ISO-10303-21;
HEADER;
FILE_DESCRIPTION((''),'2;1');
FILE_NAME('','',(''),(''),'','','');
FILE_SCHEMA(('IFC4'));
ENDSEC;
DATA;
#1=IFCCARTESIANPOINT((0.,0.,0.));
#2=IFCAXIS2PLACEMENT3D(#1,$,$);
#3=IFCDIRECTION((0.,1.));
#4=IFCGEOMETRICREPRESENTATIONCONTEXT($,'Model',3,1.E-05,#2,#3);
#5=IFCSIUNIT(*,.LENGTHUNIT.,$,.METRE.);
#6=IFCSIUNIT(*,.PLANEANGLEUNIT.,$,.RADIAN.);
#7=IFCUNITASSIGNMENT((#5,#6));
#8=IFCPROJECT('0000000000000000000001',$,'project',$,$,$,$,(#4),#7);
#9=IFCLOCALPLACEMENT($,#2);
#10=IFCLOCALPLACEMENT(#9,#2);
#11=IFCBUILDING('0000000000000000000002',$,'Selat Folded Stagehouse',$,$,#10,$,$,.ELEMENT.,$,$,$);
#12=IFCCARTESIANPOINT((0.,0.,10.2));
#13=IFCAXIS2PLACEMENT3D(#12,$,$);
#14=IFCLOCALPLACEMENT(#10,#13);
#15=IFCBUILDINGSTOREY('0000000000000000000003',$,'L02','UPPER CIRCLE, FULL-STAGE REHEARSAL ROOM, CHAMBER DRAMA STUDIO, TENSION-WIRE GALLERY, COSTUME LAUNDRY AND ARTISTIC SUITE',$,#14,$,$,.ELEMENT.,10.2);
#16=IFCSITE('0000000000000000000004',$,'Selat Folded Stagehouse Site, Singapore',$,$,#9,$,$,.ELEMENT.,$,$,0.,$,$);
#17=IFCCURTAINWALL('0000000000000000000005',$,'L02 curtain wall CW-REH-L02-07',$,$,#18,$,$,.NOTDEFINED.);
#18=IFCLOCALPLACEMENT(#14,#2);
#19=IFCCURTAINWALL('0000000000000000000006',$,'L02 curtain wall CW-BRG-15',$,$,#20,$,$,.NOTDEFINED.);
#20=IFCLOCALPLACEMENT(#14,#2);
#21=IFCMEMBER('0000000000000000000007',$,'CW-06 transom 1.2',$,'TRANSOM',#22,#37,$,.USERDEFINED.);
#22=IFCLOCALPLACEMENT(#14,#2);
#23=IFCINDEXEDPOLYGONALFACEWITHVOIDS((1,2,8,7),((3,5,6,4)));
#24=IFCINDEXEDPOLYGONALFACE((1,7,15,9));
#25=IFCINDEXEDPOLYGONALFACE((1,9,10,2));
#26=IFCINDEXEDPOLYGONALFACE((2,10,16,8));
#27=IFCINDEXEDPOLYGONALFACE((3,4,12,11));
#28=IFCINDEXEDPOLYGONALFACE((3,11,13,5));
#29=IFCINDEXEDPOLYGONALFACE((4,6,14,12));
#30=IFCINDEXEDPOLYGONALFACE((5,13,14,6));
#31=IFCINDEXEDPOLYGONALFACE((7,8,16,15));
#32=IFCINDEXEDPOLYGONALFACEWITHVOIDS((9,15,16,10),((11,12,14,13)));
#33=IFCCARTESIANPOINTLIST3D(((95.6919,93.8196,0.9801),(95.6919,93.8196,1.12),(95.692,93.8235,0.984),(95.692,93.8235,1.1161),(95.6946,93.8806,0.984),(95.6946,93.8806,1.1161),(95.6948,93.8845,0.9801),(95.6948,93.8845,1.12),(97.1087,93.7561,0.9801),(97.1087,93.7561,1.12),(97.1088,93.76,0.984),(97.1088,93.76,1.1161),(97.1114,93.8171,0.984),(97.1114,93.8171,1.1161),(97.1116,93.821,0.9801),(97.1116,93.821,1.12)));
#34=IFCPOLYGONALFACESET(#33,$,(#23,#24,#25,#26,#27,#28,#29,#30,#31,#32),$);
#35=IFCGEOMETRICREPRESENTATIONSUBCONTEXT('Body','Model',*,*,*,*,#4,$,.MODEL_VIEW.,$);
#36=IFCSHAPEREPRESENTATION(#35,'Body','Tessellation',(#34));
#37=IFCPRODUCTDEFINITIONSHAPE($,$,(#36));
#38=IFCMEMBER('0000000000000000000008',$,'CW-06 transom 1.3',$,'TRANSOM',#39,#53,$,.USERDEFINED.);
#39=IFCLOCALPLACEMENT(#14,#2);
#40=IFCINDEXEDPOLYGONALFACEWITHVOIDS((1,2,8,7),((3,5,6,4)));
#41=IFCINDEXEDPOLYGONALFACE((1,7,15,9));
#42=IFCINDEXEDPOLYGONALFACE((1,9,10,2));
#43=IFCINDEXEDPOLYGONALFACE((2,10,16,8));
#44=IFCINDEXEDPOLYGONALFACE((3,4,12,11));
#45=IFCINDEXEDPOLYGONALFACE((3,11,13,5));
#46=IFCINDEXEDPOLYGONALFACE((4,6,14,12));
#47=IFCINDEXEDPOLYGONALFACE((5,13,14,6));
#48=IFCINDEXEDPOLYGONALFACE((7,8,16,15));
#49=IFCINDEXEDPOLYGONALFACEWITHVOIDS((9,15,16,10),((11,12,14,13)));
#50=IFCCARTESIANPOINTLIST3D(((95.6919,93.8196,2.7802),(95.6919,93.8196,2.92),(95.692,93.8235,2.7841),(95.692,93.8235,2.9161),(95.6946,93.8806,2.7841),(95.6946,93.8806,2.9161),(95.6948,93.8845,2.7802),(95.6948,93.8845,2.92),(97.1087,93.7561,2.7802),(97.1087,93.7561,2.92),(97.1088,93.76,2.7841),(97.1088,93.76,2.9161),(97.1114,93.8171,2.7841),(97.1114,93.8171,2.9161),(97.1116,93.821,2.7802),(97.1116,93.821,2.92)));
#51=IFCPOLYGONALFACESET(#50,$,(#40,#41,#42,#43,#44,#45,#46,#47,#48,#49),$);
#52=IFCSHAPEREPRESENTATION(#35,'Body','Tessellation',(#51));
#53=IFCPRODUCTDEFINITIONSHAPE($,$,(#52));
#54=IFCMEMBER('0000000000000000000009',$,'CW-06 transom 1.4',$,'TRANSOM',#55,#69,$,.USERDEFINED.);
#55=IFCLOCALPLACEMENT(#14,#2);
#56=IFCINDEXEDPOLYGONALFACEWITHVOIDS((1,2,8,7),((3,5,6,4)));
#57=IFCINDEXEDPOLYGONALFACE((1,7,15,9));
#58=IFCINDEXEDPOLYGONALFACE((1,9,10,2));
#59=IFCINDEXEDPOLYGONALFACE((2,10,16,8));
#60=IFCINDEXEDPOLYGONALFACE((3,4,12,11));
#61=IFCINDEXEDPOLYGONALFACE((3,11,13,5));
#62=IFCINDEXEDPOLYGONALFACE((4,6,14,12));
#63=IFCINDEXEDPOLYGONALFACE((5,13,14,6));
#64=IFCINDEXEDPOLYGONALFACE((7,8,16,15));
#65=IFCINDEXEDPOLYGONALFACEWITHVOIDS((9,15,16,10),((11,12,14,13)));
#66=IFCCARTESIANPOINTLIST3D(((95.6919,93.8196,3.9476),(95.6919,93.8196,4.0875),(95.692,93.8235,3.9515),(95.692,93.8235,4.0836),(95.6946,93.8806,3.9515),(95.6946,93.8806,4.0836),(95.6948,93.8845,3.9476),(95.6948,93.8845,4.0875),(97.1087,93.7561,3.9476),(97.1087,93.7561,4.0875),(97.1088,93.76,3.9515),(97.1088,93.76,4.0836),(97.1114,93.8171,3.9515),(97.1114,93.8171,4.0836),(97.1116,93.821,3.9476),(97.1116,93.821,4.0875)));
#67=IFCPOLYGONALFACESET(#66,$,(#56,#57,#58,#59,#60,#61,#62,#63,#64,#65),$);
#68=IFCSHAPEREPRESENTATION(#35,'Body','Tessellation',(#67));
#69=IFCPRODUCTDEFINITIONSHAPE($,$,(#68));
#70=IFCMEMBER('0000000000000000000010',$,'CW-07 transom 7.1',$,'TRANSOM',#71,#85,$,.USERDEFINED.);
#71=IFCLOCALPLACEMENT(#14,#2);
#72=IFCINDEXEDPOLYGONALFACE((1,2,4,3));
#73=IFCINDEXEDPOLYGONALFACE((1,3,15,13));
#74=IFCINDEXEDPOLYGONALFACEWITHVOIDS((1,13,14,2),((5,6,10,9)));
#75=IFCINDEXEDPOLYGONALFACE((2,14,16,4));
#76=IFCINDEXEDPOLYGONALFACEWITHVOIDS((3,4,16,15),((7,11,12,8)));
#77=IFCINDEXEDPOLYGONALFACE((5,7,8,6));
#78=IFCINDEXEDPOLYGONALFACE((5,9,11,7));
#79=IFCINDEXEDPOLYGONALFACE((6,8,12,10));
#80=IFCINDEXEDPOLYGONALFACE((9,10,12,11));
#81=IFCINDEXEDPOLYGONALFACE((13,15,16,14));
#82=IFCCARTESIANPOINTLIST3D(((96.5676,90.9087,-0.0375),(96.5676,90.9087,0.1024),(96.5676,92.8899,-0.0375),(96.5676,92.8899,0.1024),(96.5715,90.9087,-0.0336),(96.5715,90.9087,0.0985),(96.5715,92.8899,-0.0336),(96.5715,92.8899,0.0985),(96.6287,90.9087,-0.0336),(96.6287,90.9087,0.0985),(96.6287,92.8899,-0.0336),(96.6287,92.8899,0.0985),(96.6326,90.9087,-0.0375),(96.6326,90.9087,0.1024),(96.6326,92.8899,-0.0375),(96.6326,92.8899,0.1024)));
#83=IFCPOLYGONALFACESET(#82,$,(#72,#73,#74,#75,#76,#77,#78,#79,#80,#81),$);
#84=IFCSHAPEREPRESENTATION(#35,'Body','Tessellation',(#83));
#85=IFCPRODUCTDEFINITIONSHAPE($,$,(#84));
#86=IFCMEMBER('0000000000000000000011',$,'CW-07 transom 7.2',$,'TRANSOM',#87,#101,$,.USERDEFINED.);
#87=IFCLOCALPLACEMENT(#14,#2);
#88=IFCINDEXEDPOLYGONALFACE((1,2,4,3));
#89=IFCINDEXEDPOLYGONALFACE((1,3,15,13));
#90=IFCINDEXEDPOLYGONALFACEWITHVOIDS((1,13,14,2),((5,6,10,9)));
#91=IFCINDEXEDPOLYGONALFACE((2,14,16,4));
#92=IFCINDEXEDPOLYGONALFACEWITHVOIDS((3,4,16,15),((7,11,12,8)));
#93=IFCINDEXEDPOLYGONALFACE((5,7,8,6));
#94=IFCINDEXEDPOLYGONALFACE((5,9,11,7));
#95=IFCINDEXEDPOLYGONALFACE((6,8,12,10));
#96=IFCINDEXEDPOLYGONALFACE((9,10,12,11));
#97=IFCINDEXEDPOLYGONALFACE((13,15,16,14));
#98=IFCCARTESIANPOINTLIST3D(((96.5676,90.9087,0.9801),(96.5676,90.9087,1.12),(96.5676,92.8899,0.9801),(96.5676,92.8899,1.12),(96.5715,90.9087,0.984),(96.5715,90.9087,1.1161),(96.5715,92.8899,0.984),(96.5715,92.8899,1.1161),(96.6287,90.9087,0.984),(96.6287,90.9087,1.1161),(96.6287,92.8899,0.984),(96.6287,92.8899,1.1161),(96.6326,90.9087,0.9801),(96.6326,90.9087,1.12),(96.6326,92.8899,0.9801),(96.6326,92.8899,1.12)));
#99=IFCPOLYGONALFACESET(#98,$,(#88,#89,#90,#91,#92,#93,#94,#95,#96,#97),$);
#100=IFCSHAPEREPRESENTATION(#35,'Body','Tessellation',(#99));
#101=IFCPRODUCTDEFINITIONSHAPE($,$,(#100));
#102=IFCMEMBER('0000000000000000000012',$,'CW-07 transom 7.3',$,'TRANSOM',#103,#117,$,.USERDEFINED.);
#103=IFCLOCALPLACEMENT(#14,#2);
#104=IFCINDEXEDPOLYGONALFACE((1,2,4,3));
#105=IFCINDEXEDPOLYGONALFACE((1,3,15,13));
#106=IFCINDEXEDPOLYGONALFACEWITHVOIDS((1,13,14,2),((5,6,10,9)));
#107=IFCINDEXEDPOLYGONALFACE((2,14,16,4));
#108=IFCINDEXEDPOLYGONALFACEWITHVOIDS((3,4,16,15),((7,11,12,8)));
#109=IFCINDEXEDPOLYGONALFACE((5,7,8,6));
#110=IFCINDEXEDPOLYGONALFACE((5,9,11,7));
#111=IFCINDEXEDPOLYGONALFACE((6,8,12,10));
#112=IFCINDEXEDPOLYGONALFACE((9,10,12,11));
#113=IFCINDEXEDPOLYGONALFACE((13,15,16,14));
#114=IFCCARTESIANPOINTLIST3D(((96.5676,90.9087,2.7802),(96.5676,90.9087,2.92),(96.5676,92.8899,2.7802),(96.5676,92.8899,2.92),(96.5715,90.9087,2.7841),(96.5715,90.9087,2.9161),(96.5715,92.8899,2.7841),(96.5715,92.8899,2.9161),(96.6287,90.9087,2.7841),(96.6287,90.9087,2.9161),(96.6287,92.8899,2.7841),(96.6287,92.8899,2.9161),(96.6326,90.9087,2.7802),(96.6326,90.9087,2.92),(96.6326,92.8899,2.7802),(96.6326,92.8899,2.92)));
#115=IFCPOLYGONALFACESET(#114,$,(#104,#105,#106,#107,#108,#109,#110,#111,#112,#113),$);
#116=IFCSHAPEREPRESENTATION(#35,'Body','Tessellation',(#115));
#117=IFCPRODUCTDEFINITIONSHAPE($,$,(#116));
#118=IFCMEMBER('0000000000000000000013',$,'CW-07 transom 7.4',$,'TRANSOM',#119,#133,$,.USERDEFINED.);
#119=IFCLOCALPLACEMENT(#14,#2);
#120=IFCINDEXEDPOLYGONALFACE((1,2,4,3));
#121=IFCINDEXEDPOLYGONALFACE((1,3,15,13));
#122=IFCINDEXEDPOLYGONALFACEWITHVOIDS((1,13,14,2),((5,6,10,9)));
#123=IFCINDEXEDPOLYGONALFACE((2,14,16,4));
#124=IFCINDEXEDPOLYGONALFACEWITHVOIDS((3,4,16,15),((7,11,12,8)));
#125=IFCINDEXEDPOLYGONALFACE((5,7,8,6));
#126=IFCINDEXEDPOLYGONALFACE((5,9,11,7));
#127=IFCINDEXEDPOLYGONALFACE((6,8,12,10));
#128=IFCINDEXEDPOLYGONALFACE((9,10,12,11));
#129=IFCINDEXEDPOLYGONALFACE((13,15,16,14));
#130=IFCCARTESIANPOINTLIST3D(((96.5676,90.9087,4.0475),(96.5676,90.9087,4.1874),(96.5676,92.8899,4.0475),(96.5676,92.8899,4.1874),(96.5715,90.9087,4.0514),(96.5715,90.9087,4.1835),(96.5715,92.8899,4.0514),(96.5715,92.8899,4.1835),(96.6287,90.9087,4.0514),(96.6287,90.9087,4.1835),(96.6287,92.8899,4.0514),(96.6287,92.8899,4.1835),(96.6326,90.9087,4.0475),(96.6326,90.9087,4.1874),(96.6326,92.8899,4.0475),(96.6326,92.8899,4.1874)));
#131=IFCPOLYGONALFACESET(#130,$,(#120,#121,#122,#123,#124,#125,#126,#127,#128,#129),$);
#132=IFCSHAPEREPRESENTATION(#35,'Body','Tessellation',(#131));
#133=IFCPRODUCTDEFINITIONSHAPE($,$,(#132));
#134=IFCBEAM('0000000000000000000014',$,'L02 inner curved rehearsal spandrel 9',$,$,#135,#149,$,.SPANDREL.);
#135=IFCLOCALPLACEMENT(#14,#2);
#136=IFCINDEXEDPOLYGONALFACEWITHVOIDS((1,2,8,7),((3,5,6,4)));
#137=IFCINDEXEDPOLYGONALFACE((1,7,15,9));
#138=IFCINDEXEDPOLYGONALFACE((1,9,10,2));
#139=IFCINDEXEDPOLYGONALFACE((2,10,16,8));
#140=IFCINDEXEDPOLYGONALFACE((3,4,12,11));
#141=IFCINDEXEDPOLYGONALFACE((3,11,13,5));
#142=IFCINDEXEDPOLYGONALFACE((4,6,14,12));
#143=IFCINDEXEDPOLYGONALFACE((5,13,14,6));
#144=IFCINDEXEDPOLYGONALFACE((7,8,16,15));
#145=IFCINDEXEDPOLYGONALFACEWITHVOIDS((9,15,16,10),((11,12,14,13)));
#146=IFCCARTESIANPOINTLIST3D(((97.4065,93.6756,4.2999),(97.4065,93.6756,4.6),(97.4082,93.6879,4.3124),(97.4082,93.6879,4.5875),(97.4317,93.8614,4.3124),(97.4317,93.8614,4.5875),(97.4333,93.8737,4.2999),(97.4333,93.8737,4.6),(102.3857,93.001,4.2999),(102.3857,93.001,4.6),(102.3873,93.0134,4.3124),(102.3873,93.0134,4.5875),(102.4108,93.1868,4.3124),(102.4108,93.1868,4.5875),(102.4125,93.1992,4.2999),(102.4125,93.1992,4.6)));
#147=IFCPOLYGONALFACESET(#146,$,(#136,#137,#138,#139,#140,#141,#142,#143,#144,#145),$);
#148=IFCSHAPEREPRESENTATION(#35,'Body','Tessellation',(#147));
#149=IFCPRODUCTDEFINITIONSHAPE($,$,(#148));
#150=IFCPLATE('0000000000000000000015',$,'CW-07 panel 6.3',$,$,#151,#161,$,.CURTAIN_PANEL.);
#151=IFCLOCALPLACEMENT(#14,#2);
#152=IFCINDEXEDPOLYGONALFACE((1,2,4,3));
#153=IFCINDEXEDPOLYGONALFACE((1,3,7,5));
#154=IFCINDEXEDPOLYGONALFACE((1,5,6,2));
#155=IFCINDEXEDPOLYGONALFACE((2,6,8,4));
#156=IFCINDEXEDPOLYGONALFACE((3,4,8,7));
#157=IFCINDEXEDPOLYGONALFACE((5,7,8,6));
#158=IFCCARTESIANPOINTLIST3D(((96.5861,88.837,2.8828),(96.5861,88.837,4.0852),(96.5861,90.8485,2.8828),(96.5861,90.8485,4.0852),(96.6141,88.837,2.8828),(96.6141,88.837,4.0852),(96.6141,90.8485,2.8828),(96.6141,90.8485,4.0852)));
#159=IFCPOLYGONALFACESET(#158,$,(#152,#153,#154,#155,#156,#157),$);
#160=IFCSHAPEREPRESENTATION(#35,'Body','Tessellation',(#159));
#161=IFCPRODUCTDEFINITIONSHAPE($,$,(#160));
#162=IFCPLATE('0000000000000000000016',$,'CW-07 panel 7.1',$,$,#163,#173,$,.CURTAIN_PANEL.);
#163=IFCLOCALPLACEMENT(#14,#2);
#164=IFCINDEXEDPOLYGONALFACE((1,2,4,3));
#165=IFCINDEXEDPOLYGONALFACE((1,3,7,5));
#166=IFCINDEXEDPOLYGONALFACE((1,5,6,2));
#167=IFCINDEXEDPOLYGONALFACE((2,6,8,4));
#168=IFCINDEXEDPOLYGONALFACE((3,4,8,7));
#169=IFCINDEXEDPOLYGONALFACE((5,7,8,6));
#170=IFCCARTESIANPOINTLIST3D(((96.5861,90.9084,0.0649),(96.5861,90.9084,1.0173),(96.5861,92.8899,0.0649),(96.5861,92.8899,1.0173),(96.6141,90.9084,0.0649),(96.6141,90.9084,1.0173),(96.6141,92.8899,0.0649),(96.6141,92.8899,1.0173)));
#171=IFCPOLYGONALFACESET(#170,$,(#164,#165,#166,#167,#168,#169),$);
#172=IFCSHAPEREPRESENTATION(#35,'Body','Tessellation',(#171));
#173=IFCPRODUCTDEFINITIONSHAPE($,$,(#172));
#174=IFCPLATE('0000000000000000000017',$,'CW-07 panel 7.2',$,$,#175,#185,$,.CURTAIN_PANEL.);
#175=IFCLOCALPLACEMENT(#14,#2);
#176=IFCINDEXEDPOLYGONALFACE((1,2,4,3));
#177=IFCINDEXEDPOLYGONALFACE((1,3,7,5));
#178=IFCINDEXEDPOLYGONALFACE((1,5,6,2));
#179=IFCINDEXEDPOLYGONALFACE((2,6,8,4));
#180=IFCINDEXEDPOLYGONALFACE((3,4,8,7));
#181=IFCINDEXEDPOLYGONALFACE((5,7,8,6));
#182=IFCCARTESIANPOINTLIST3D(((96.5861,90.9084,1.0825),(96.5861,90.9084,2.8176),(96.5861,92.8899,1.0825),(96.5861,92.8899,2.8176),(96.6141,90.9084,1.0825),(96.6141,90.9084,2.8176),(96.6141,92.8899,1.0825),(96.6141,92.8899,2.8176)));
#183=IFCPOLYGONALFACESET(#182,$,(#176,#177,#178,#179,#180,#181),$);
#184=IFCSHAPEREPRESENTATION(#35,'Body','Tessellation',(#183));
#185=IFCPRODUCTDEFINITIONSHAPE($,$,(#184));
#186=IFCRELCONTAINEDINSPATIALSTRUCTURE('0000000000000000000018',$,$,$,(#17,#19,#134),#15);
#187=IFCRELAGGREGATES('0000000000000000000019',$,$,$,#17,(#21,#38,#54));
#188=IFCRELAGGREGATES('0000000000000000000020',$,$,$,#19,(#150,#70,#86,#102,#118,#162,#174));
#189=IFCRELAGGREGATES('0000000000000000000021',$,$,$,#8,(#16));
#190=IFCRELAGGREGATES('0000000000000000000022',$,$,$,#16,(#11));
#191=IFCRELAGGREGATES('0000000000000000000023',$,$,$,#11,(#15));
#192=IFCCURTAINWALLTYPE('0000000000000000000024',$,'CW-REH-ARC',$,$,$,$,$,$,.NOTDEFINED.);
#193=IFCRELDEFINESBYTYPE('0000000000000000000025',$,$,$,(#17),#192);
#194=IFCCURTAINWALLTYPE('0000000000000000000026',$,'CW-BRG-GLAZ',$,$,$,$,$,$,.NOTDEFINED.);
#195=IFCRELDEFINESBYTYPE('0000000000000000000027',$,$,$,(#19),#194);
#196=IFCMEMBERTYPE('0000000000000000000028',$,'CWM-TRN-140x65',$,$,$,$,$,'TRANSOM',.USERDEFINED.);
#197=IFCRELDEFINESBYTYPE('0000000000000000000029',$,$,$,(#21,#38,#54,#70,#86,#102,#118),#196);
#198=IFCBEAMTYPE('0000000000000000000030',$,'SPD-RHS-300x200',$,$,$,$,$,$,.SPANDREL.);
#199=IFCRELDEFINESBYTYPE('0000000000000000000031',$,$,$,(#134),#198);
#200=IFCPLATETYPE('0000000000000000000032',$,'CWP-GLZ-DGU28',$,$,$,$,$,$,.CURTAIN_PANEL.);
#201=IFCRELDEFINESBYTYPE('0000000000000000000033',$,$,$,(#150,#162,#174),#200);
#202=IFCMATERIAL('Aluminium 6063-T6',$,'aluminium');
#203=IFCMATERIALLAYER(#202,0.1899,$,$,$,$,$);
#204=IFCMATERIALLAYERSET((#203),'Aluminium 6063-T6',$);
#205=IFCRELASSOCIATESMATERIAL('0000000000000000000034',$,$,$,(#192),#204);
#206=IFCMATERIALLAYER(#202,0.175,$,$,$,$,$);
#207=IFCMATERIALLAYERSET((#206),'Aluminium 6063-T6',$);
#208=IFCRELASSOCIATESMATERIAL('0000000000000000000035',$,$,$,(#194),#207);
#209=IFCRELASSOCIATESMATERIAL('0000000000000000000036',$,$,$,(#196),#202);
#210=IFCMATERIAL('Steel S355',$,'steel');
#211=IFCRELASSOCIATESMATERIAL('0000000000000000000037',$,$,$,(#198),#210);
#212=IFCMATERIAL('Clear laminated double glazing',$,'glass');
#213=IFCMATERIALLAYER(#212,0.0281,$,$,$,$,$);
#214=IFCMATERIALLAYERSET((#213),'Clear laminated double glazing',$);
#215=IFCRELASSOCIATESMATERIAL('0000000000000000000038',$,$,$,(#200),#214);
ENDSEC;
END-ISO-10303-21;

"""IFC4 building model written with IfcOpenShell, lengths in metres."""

from ifc_helpers import new_model, si_unit, direction, frame, origin, origin_2d, place, context, subcontext, project, spatial, rectangle, hollow_rectangle, extrude, material, layer, layer_set, material_profile, profile_set, type_object, element, aggregate, save


model = new_model("IFC4")

# Units and contexts
model_context = context("Model", 3, precision=1e-05, world=origin(), true_north=direction((0.0, 1.0)))
body_context = subcontext(model_context, "Body", "Model", "MODEL_VIEW")
ifc_project = project(units=[si_unit("LENGTHUNIT", "METRE"), si_unit("PLANEANGLEUNIT", "RADIAN")], contexts=[model_context])

# Site, building, storey
site_placement = place(None, origin())
site = spatial("IfcSite", under=ifc_project, at=site_placement, Name="Selat Folded Stagehouse Site, Singapore", CompositionType="ELEMENT", RefElevation=0.0)
building_placement = place(site_placement, origin())
building = spatial("IfcBuilding", under=site, at=building_placement, Name="Selat Folded Stagehouse", CompositionType="ELEMENT")
storey_placement = place(building_placement, frame((0.0, 0.0, 10.2)))
storey = spatial("IfcBuildingStorey", under=building, at=storey_placement, Name="L02", Description="UPPER CIRCLE, FULL-STAGE REHEARSAL ROOM, CHAMBER DRAMA STUDIO, TENSION-WIRE GALLERY, COSTUME LAUNDRY AND ARTISTIC SUITE", CompositionType="ELEMENT", Elevation=10.2)

# Shared definitions
ifc_material_1 = material(Name="Steel S355", Category="steel")

# Curtain wall
ifc_material_2 = material(Name="Aluminium 6063-T6", Category="aluminium")
ifc_layer_1 = layer(ifc_material_2, 0.1899)
ifc_layer_set_1 = layer_set([ifc_layer_1], Name="Aluminium 6063-T6")
curtain_wall_type_1 = type_object("IfcCurtainWallType", Name="CW-REH-ARC", PredefinedType="NOTDEFINED", material=ifc_layer_set_1)
curtain_wall_1_placement = place(storey_placement, origin())
curtain_wall_1 = element("IfcCurtainWall", 1, at=curtain_wall_1_placement, inside=storey, type_object=curtain_wall_type_1, Name="L02 curtain wall CW-REH-L02-07", PredefinedType="NOTDEFINED")

# Curtain wall
ifc_layer_2 = layer(ifc_material_2, 0.175)
ifc_layer_set_2 = layer_set([ifc_layer_2], Name="Aluminium 6063-T6")
curtain_wall_type_2 = type_object("IfcCurtainWallType", Name="CW-BRG-GLAZ", PredefinedType="NOTDEFINED", material=ifc_layer_set_2)
curtain_wall_2_placement = place(storey_placement, origin())
curtain_wall_2 = element("IfcCurtainWall", 2, at=curtain_wall_2_placement, inside=storey, type_object=curtain_wall_type_2, Name="L02 curtain wall CW-BRG-15", PredefinedType="NOTDEFINED")

# Members
ifc_material_profile_1 = material_profile(ifc_material_2, hollow_rectangle(XDim=0.0649, YDim=0.1399, WallThickness=0.0039, at=origin_2d()), Name="ALU 140x65x4.0")
ifc_profile_set_1 = profile_set([ifc_material_profile_1], Name="Aluminium 6063-T6")
member_type_1 = type_object("IfcMemberType", Name="CWM-TRN-140x65", ElementType="TRANSOM", PredefinedType="USERDEFINED", material=ifc_profile_set_1)
member_1_placement = place(storey_placement, frame((97.1101, 93.7886, 1.05), z_axis=(-0.998998, 0.04476, 0.0), x_axis=(-0.04476, -0.998998, 0.0)))
member_1 = element("IfcMember", 3, at=member_1_placement, type_object=member_type_1, Name="CW-06 transom 1.2", ObjectType="TRANSOM", PredefinedType="USERDEFINED", context=body_context, shape_type="SweptSolid", body=[
    extrude(hollow_rectangle(XDim=0.0649, YDim=0.1399, WallThickness=0.0039, at=origin_2d()), origin(), (0.0, 0.0, 1.0), 1.4182),
])
member_2_placement = place(storey_placement, frame((97.1101, 93.7886, 2.8501), z_axis=(-0.998998, 0.04476, 0.0), x_axis=(-0.04476, -0.998998, 0.0)))
member_2 = element("IfcMember", 4, at=member_2_placement, type_object=member_type_1, Name="CW-06 transom 1.3", ObjectType="TRANSOM", PredefinedType="USERDEFINED", context=body_context, shape_type="SweptSolid", body=[
    extrude(hollow_rectangle(XDim=0.0649, YDim=0.1399, WallThickness=0.0039, at=origin_2d()), origin(), (0.0, 0.0, 1.0), 1.4182),
])
member_3_placement = place(storey_placement, frame((97.1101, 93.7886, 4.0176), z_axis=(-0.998998, 0.04476, 0.0), x_axis=(-0.04476, -0.998998, 0.0)))
member_3 = element("IfcMember", 5, at=member_3_placement, type_object=member_type_1, Name="CW-06 transom 1.4", ObjectType="TRANSOM", PredefinedType="USERDEFINED", context=body_context, shape_type="SweptSolid", body=[
    extrude(hollow_rectangle(XDim=0.0649, YDim=0.1399, WallThickness=0.0039, at=origin_2d()), origin(), (0.0, 0.0, 1.0), 1.4182),
])
aggregate(curtain_wall_1, [member_1, member_2, member_3])
member_4_placement = place(storey_placement, frame((96.6001, 90.9087, 0.0325), z_axis=(0.0, 1.0, 0.0), x_axis=(-1.0, 0.0, 0.0)))
member_4 = element("IfcMember", 6, at=member_4_placement, type_object=member_type_1, Name="CW-07 transom 7.1", ObjectType="TRANSOM", PredefinedType="USERDEFINED", context=body_context, shape_type="SweptSolid", body=[
    extrude(hollow_rectangle(XDim=0.0649, YDim=0.1399, WallThickness=0.0039, at=origin_2d()), origin(), (0.0, 0.0, 1.0), 1.9812),
])
member_5_placement = place(storey_placement, frame((96.6001, 90.9087, 1.05), z_axis=(0.0, 1.0, 0.0), x_axis=(-1.0, 0.0, 0.0)))
member_5 = element("IfcMember", 7, at=member_5_placement, type_object=member_type_1, Name="CW-07 transom 7.2", ObjectType="TRANSOM", PredefinedType="USERDEFINED", context=body_context, shape_type="SweptSolid", body=[
    extrude(hollow_rectangle(XDim=0.0649, YDim=0.1399, WallThickness=0.0039, at=origin_2d()), origin(), (0.0, 0.0, 1.0), 1.9812),
])
member_6_placement = place(storey_placement, frame((96.6001, 90.9087, 2.8501), z_axis=(0.0, 1.0, 0.0), x_axis=(-1.0, 0.0, 0.0)))
member_6 = element("IfcMember", 8, at=member_6_placement, type_object=member_type_1, Name="CW-07 transom 7.3", ObjectType="TRANSOM", PredefinedType="USERDEFINED", context=body_context, shape_type="SweptSolid", body=[
    extrude(hollow_rectangle(XDim=0.0649, YDim=0.1399, WallThickness=0.0039, at=origin_2d()), origin(), (0.0, 0.0, 1.0), 1.9812),
])
member_7_placement = place(storey_placement, frame((96.6001, 90.9087, 4.1174), z_axis=(0.0, 1.0, 0.0), x_axis=(-1.0, 0.0, 0.0)))
member_7 = element("IfcMember", 9, at=member_7_placement, type_object=member_type_1, Name="CW-07 transom 7.4", ObjectType="TRANSOM", PredefinedType="USERDEFINED", context=body_context, shape_type="SweptSolid", body=[
    extrude(hollow_rectangle(XDim=0.0649, YDim=0.1399, WallThickness=0.0039, at=origin_2d()), origin(), (0.0, 0.0, 1.0), 1.9812),
])

# Beam
ifc_material_profile_2 = material_profile(ifc_material_1, hollow_rectangle(XDim=0.2, YDim=0.3, WallThickness=0.0125, at=origin_2d()), Name="RHS 300x200x12.5")
ifc_profile_set_2 = profile_set([ifc_material_profile_2], Name="Steel S355")
beam_type_1 = type_object("IfcBeamType", Name="SPD-RHS-300x200", PredefinedType="SPANDREL", material=ifc_profile_set_2)
beam_1_placement = place(storey_placement, frame((97.4199, 93.7747, 4.45), z_axis=(0.990948, -0.134248, 0.0), x_axis=(0.134248, 0.990948, 0.0)))
element("IfcBeam", 10, at=beam_1_placement, inside=storey, type_object=beam_type_1, Name="L02 inner curved rehearsal spandrel 9", PredefinedType="SPANDREL", context=body_context, shape_type="SweptSolid", body=[
    extrude(hollow_rectangle(XDim=0.2, YDim=0.3, WallThickness=0.0125, at=origin_2d()), origin(), (0.0, 0.0, 1.0), 5.0247),
])

# Plates
ifc_material_3 = material(Name="Clear laminated double glazing", Category="glass")
ifc_layer_3 = layer(ifc_material_3, 0.0281)
ifc_layer_set_3 = layer_set([ifc_layer_3], Name="Clear laminated double glazing")
plate_type_1 = type_object("IfcPlateType", Name="CWP-GLZ-DGU28", PredefinedType="CURTAIN_PANEL", material=ifc_layer_set_3)
plate_1_placement = place(storey_placement, frame((96.6001, 89.8428, 2.8828), z_axis=(0.0, 0.0, 1.0), x_axis=(0.0, 1.0, 0.0)))
plate_1 = element("IfcPlate", 11, at=plate_1_placement, type_object=plate_type_1, Name="CW-07 panel 6.3", PredefinedType="CURTAIN_PANEL", context=body_context, shape_type="SweptSolid", body=[
    extrude(rectangle(XDim=2.0115, YDim=0.0281, at=origin_2d()), origin(), (0.0, 0.0, 1.0), 1.2024),
])
plate_2_placement = place(storey_placement, frame((96.6001, 91.8992, 0.0649), z_axis=(0.0, 0.0, 1.0), x_axis=(0.0, 1.0, 0.0)))
plate_2 = element("IfcPlate", 12, at=plate_2_placement, type_object=plate_type_1, Name="CW-07 panel 7.1", PredefinedType="CURTAIN_PANEL", context=body_context, shape_type="SweptSolid", body=[
    extrude(rectangle(XDim=1.9814, YDim=0.0281, at=origin_2d()), origin(), (0.0, 0.0, 1.0), 0.9524),
])
plate_3_placement = place(storey_placement, frame((96.6001, 91.8992, 1.0825), z_axis=(0.0, 0.0, 1.0), x_axis=(0.0, 1.0, 0.0)))
plate_3 = element("IfcPlate", 13, at=plate_3_placement, type_object=plate_type_1, Name="CW-07 panel 7.2", PredefinedType="CURTAIN_PANEL", context=body_context, shape_type="SweptSolid", body=[
    extrude(rectangle(XDim=1.9814, YDim=0.0281, at=origin_2d()), origin(), (0.0, 0.0, 1.0), 1.7351),
])
aggregate(curtain_wall_2, [plate_1, member_4, member_5, member_6, member_7, plate_2, plate_3])

save(model, "model.ifc")
